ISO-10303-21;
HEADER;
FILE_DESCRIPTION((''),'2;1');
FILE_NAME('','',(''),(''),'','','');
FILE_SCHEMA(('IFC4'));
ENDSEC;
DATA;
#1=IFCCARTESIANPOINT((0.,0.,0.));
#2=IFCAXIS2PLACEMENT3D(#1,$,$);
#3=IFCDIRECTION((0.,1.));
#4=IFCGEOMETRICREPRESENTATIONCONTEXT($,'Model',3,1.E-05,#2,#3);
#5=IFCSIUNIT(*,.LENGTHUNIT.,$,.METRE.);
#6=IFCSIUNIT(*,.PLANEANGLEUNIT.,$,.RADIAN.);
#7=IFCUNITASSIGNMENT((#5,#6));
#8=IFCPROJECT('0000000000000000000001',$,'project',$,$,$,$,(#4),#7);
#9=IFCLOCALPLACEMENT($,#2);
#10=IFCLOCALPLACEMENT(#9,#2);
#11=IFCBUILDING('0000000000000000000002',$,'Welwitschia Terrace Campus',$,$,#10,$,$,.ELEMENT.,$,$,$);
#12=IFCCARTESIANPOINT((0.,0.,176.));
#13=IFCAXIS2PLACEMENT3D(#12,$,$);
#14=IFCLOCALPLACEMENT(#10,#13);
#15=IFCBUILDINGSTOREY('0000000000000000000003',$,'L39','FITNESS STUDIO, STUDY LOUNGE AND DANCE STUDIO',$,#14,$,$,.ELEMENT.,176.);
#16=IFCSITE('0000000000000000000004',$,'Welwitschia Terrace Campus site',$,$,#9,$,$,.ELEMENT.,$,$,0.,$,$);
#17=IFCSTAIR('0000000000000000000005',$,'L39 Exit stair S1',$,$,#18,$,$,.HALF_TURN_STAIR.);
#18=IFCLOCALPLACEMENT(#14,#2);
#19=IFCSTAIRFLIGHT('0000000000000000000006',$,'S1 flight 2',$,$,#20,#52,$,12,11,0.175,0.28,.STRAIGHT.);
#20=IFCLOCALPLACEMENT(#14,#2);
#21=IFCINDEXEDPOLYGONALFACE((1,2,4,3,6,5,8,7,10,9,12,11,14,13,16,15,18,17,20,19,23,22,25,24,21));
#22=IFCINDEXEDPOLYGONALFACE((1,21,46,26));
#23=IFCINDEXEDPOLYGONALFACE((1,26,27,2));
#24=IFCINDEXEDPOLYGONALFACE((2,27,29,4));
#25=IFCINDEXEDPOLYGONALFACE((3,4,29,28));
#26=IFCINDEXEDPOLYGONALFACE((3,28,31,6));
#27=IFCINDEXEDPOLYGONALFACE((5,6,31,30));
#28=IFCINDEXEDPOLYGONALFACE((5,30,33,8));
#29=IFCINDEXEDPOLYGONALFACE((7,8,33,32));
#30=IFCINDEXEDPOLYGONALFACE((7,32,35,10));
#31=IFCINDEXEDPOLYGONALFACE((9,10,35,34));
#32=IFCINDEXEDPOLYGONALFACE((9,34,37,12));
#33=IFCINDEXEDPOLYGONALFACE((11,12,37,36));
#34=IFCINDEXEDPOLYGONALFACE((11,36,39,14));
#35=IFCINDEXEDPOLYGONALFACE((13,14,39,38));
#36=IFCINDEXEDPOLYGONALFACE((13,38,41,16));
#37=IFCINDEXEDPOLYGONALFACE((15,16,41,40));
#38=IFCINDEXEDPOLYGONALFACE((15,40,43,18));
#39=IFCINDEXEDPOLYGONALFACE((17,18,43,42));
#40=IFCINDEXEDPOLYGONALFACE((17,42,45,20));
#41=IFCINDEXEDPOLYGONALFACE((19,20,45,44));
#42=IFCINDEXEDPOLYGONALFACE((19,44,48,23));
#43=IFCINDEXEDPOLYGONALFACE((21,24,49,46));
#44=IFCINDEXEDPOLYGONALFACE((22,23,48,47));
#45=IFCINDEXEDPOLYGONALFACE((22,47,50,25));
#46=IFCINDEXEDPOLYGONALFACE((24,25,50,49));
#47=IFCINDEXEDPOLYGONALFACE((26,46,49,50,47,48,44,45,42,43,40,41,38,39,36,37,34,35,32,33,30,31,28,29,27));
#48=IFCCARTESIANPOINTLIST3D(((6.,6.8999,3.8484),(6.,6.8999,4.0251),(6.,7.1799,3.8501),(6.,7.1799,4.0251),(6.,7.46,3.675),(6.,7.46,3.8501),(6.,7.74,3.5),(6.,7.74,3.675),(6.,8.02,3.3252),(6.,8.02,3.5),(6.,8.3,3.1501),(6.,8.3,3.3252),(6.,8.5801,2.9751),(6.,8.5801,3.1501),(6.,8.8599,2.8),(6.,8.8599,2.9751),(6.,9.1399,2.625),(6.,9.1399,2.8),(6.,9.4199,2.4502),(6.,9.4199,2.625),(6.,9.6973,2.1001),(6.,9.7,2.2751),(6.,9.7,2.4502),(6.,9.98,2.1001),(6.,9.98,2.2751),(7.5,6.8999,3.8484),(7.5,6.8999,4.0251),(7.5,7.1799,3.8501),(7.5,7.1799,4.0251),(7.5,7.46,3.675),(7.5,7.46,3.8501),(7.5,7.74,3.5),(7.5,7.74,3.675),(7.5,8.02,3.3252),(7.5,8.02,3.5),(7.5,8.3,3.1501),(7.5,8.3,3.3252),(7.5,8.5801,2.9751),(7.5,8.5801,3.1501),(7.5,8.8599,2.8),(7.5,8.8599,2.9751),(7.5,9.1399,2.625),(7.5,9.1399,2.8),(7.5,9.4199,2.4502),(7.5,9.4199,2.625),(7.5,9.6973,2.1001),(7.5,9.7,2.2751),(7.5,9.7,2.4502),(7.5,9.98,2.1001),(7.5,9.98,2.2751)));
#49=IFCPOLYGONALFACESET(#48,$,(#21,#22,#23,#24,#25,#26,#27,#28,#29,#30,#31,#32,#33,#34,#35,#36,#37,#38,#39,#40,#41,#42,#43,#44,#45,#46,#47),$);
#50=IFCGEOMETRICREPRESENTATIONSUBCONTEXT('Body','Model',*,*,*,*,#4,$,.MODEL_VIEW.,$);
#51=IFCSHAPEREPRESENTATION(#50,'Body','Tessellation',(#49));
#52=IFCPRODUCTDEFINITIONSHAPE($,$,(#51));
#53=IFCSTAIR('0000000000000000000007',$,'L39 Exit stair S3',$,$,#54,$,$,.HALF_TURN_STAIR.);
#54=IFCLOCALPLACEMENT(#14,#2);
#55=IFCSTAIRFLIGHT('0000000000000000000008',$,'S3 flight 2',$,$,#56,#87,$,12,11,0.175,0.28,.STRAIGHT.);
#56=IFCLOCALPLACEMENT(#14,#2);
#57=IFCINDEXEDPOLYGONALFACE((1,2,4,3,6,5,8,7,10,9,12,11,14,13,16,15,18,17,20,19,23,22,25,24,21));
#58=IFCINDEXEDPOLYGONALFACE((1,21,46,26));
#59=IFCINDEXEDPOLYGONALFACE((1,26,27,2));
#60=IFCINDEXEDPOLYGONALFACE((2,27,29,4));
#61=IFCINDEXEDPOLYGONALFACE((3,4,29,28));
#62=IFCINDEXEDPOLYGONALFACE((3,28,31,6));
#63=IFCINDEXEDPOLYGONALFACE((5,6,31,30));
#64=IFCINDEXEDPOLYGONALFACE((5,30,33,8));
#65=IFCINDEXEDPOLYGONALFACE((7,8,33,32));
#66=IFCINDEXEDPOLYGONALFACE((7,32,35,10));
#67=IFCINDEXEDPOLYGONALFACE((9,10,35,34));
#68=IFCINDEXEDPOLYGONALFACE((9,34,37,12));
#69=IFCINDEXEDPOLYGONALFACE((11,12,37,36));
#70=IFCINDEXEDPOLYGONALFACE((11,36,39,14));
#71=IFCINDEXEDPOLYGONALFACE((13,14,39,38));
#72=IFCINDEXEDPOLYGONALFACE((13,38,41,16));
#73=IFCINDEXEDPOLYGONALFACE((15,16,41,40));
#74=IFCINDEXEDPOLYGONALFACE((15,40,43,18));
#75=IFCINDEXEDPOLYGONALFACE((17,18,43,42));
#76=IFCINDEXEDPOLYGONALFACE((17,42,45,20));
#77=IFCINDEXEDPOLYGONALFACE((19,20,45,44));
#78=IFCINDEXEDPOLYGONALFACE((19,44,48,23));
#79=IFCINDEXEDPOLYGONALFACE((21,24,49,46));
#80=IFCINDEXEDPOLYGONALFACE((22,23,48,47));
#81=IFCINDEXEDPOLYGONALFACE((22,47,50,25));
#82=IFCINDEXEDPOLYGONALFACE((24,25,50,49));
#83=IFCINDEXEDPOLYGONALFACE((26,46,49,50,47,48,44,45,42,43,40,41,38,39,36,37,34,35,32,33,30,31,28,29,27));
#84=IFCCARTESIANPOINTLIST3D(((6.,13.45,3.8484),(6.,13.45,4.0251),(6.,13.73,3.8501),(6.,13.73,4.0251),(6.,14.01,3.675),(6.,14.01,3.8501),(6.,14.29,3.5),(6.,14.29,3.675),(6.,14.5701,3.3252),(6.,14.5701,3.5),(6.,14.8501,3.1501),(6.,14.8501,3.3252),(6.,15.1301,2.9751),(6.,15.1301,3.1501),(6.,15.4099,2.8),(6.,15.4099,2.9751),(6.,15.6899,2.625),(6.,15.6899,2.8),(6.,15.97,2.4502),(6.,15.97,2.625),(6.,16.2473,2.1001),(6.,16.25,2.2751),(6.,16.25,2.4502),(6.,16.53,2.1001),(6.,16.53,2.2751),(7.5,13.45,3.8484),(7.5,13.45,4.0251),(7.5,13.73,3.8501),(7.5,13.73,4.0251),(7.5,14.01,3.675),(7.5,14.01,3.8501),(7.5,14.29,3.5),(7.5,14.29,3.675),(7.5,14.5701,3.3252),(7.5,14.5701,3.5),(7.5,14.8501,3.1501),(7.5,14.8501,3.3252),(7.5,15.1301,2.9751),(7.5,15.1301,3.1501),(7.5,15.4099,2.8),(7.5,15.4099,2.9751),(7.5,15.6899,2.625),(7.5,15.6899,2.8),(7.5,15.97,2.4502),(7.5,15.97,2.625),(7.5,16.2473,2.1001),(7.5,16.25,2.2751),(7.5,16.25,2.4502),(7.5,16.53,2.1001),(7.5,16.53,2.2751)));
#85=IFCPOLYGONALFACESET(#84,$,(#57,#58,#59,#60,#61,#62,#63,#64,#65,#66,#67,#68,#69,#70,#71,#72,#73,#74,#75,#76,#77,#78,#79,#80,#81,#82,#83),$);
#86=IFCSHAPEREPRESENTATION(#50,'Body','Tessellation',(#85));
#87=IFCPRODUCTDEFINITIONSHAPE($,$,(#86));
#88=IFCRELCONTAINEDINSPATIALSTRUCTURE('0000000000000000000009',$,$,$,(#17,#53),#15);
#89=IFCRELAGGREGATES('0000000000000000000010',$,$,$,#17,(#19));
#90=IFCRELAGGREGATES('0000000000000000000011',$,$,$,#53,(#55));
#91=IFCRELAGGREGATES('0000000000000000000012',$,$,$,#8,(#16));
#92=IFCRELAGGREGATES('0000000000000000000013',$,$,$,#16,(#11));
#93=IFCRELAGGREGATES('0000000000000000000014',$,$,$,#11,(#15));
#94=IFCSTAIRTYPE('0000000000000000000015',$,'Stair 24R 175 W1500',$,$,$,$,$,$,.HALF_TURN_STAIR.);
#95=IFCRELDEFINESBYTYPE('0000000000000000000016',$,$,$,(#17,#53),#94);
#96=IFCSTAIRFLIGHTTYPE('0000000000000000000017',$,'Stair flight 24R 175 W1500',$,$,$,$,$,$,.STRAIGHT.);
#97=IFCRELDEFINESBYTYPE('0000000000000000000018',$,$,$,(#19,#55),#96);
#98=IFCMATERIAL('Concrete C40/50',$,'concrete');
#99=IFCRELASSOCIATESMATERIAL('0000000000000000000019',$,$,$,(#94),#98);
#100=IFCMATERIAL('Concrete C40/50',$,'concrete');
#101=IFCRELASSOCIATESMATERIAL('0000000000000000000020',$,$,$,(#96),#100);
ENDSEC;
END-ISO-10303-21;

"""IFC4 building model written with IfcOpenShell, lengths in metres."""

from ifc_helpers import new_model, si_unit, direction, frame, origin, place, context, subcontext, project, spatial, polyline, outline, extrude, material, type_object, element, aggregate, save


model = new_model("IFC4")

# Units and contexts
model_context = context("Model", 3, precision=1e-05, world=origin(), true_north=direction((0.0, 1.0)))
body_context = subcontext(model_context, "Body", "Model", "MODEL_VIEW")
ifc_project = project(units=[si_unit("LENGTHUNIT", "METRE"), si_unit("PLANEANGLEUNIT", "RADIAN")], contexts=[model_context])

# Site, building, storey
site_placement = place(None, origin())
site = spatial("IfcSite", under=ifc_project, at=site_placement, Name="Welwitschia Terrace Campus site", CompositionType="ELEMENT", RefElevation=0.0)
building_placement = place(site_placement, origin())
building = spatial("IfcBuilding", under=site, at=building_placement, Name="Welwitschia Terrace Campus", CompositionType="ELEMENT")
storey_placement = place(building_placement, frame((0.0, 0.0, 176.0)))
storey = spatial("IfcBuildingStorey", under=building, at=storey_placement, Name="L39", Description="FITNESS STUDIO, STUDY LOUNGE AND DANCE STUDIO", CompositionType="ELEMENT", Elevation=176.0)

# Stairs, stair flights
ifc_material_1 = material(Name="Concrete C40/50", Category="concrete")
stair_type = type_object("IfcStairType", Name="Stair 24R 175 W1500", PredefinedType="HALF_TURN_STAIR", material=ifc_material_1)
stair_1_placement = place(storey_placement, origin())
stair_1 = element("IfcStair", 1, at=stair_1_placement, inside=storey, type_object=stair_type, Name="L39 Exit stair S1", PredefinedType="HALF_TURN_STAIR")
ifc_material_2 = material(Name="Concrete C40/50", Category="concrete")
stair_flight_type = type_object("IfcStairFlightType", Name="Stair flight 24R 175 W1500", PredefinedType="STRAIGHT", material=ifc_material_2)
stair_flight_1_placement = place(storey_placement, frame((6.75, 9.98, 2.1001), z_axis=(0.0, 0.0, 1.0), x_axis=(0.0, -1.0, 0.0)))
stair_flight_1 = element("IfcStairFlight", 2, at=stair_flight_1_placement, type_object=stair_flight_type, Name="S1 flight 2", NumberOfRisers=12, NumberOfTreads=11, PredefinedType="STRAIGHT", RiserHeight=0.175, TreadLength=0.28, context=body_context, shape_type="SweptSolid", body=[
    extrude(outline(polyline([(0.0, 0.0), (0.0, 0.175), (0.28, 0.175), (0.28, 0.3501), (0.5601, 0.3501), (0.5601, 0.5249), (0.8401, 0.5249), (0.8401, 0.7), (1.1201, 0.7), (1.1201, 0.875), (1.3999, 0.875), (1.3999, 1.05), (1.6799, 1.05), (1.6799, 1.2251), (1.96, 1.2251), (1.96, 1.3999), (2.24, 1.3999), (2.24, 1.575), (2.52, 1.575), (2.52, 1.75), (2.8, 1.75), (2.8, 1.925), (3.0801, 1.925), (3.0801, 2.1001), (3.0801, 1.7483), (0.2827, 0.0), (0.0, 0.0)])), frame((0.0, 0.75, 0.0), z_axis=(0.0, -1.0, 0.0), x_axis=(1.0, 0.0, 0.0)), (0.0, 0.0, 1.0), 1.5),
])
aggregate(stair_1, [stair_flight_1])
stair_2_placement = place(storey_placement, origin())
stair_2 = element("IfcStair", 3, at=stair_2_placement, inside=storey, type_object=stair_type, Name="L39 Exit stair S3", PredefinedType="HALF_TURN_STAIR")
stair_flight_2_placement = place(storey_placement, frame((6.75, 16.53, 2.1001), z_axis=(0.0, 0.0, 1.0), x_axis=(0.0, -1.0, 0.0)))
stair_flight_2 = element("IfcStairFlight", 4, at=stair_flight_2_placement, type_object=stair_flight_type, Name="S3 flight 2", NumberOfRisers=12, NumberOfTreads=11, PredefinedType="STRAIGHT", RiserHeight=0.175, TreadLength=0.28, context=body_context, shape_type="SweptSolid", body=[
    extrude(outline(polyline([(0.0, 0.0), (0.0, 0.175), (0.28, 0.175), (0.28, 0.3501), (0.5601, 0.3501), (0.5601, 0.5249), (0.8401, 0.5249), (0.8401, 0.7), (1.1201, 0.7), (1.1201, 0.875), (1.3999, 0.875), (1.3999, 1.05), (1.6799, 1.05), (1.6799, 1.2251), (1.96, 1.2251), (1.96, 1.3999), (2.24, 1.3999), (2.24, 1.575), (2.52, 1.575), (2.52, 1.75), (2.8, 1.75), (2.8, 1.925), (3.0801, 1.925), (3.0801, 2.1001), (3.0801, 1.7483), (0.2827, 0.0), (0.0, 0.0)])), frame((0.0, 0.75, 0.0), z_axis=(0.0, -1.0, 0.0), x_axis=(1.0, 0.0, 0.0)), (0.0, 0.0, 1.0), 1.5),
])
aggregate(stair_2, [stair_flight_2])

save(model, "model.ifc")
